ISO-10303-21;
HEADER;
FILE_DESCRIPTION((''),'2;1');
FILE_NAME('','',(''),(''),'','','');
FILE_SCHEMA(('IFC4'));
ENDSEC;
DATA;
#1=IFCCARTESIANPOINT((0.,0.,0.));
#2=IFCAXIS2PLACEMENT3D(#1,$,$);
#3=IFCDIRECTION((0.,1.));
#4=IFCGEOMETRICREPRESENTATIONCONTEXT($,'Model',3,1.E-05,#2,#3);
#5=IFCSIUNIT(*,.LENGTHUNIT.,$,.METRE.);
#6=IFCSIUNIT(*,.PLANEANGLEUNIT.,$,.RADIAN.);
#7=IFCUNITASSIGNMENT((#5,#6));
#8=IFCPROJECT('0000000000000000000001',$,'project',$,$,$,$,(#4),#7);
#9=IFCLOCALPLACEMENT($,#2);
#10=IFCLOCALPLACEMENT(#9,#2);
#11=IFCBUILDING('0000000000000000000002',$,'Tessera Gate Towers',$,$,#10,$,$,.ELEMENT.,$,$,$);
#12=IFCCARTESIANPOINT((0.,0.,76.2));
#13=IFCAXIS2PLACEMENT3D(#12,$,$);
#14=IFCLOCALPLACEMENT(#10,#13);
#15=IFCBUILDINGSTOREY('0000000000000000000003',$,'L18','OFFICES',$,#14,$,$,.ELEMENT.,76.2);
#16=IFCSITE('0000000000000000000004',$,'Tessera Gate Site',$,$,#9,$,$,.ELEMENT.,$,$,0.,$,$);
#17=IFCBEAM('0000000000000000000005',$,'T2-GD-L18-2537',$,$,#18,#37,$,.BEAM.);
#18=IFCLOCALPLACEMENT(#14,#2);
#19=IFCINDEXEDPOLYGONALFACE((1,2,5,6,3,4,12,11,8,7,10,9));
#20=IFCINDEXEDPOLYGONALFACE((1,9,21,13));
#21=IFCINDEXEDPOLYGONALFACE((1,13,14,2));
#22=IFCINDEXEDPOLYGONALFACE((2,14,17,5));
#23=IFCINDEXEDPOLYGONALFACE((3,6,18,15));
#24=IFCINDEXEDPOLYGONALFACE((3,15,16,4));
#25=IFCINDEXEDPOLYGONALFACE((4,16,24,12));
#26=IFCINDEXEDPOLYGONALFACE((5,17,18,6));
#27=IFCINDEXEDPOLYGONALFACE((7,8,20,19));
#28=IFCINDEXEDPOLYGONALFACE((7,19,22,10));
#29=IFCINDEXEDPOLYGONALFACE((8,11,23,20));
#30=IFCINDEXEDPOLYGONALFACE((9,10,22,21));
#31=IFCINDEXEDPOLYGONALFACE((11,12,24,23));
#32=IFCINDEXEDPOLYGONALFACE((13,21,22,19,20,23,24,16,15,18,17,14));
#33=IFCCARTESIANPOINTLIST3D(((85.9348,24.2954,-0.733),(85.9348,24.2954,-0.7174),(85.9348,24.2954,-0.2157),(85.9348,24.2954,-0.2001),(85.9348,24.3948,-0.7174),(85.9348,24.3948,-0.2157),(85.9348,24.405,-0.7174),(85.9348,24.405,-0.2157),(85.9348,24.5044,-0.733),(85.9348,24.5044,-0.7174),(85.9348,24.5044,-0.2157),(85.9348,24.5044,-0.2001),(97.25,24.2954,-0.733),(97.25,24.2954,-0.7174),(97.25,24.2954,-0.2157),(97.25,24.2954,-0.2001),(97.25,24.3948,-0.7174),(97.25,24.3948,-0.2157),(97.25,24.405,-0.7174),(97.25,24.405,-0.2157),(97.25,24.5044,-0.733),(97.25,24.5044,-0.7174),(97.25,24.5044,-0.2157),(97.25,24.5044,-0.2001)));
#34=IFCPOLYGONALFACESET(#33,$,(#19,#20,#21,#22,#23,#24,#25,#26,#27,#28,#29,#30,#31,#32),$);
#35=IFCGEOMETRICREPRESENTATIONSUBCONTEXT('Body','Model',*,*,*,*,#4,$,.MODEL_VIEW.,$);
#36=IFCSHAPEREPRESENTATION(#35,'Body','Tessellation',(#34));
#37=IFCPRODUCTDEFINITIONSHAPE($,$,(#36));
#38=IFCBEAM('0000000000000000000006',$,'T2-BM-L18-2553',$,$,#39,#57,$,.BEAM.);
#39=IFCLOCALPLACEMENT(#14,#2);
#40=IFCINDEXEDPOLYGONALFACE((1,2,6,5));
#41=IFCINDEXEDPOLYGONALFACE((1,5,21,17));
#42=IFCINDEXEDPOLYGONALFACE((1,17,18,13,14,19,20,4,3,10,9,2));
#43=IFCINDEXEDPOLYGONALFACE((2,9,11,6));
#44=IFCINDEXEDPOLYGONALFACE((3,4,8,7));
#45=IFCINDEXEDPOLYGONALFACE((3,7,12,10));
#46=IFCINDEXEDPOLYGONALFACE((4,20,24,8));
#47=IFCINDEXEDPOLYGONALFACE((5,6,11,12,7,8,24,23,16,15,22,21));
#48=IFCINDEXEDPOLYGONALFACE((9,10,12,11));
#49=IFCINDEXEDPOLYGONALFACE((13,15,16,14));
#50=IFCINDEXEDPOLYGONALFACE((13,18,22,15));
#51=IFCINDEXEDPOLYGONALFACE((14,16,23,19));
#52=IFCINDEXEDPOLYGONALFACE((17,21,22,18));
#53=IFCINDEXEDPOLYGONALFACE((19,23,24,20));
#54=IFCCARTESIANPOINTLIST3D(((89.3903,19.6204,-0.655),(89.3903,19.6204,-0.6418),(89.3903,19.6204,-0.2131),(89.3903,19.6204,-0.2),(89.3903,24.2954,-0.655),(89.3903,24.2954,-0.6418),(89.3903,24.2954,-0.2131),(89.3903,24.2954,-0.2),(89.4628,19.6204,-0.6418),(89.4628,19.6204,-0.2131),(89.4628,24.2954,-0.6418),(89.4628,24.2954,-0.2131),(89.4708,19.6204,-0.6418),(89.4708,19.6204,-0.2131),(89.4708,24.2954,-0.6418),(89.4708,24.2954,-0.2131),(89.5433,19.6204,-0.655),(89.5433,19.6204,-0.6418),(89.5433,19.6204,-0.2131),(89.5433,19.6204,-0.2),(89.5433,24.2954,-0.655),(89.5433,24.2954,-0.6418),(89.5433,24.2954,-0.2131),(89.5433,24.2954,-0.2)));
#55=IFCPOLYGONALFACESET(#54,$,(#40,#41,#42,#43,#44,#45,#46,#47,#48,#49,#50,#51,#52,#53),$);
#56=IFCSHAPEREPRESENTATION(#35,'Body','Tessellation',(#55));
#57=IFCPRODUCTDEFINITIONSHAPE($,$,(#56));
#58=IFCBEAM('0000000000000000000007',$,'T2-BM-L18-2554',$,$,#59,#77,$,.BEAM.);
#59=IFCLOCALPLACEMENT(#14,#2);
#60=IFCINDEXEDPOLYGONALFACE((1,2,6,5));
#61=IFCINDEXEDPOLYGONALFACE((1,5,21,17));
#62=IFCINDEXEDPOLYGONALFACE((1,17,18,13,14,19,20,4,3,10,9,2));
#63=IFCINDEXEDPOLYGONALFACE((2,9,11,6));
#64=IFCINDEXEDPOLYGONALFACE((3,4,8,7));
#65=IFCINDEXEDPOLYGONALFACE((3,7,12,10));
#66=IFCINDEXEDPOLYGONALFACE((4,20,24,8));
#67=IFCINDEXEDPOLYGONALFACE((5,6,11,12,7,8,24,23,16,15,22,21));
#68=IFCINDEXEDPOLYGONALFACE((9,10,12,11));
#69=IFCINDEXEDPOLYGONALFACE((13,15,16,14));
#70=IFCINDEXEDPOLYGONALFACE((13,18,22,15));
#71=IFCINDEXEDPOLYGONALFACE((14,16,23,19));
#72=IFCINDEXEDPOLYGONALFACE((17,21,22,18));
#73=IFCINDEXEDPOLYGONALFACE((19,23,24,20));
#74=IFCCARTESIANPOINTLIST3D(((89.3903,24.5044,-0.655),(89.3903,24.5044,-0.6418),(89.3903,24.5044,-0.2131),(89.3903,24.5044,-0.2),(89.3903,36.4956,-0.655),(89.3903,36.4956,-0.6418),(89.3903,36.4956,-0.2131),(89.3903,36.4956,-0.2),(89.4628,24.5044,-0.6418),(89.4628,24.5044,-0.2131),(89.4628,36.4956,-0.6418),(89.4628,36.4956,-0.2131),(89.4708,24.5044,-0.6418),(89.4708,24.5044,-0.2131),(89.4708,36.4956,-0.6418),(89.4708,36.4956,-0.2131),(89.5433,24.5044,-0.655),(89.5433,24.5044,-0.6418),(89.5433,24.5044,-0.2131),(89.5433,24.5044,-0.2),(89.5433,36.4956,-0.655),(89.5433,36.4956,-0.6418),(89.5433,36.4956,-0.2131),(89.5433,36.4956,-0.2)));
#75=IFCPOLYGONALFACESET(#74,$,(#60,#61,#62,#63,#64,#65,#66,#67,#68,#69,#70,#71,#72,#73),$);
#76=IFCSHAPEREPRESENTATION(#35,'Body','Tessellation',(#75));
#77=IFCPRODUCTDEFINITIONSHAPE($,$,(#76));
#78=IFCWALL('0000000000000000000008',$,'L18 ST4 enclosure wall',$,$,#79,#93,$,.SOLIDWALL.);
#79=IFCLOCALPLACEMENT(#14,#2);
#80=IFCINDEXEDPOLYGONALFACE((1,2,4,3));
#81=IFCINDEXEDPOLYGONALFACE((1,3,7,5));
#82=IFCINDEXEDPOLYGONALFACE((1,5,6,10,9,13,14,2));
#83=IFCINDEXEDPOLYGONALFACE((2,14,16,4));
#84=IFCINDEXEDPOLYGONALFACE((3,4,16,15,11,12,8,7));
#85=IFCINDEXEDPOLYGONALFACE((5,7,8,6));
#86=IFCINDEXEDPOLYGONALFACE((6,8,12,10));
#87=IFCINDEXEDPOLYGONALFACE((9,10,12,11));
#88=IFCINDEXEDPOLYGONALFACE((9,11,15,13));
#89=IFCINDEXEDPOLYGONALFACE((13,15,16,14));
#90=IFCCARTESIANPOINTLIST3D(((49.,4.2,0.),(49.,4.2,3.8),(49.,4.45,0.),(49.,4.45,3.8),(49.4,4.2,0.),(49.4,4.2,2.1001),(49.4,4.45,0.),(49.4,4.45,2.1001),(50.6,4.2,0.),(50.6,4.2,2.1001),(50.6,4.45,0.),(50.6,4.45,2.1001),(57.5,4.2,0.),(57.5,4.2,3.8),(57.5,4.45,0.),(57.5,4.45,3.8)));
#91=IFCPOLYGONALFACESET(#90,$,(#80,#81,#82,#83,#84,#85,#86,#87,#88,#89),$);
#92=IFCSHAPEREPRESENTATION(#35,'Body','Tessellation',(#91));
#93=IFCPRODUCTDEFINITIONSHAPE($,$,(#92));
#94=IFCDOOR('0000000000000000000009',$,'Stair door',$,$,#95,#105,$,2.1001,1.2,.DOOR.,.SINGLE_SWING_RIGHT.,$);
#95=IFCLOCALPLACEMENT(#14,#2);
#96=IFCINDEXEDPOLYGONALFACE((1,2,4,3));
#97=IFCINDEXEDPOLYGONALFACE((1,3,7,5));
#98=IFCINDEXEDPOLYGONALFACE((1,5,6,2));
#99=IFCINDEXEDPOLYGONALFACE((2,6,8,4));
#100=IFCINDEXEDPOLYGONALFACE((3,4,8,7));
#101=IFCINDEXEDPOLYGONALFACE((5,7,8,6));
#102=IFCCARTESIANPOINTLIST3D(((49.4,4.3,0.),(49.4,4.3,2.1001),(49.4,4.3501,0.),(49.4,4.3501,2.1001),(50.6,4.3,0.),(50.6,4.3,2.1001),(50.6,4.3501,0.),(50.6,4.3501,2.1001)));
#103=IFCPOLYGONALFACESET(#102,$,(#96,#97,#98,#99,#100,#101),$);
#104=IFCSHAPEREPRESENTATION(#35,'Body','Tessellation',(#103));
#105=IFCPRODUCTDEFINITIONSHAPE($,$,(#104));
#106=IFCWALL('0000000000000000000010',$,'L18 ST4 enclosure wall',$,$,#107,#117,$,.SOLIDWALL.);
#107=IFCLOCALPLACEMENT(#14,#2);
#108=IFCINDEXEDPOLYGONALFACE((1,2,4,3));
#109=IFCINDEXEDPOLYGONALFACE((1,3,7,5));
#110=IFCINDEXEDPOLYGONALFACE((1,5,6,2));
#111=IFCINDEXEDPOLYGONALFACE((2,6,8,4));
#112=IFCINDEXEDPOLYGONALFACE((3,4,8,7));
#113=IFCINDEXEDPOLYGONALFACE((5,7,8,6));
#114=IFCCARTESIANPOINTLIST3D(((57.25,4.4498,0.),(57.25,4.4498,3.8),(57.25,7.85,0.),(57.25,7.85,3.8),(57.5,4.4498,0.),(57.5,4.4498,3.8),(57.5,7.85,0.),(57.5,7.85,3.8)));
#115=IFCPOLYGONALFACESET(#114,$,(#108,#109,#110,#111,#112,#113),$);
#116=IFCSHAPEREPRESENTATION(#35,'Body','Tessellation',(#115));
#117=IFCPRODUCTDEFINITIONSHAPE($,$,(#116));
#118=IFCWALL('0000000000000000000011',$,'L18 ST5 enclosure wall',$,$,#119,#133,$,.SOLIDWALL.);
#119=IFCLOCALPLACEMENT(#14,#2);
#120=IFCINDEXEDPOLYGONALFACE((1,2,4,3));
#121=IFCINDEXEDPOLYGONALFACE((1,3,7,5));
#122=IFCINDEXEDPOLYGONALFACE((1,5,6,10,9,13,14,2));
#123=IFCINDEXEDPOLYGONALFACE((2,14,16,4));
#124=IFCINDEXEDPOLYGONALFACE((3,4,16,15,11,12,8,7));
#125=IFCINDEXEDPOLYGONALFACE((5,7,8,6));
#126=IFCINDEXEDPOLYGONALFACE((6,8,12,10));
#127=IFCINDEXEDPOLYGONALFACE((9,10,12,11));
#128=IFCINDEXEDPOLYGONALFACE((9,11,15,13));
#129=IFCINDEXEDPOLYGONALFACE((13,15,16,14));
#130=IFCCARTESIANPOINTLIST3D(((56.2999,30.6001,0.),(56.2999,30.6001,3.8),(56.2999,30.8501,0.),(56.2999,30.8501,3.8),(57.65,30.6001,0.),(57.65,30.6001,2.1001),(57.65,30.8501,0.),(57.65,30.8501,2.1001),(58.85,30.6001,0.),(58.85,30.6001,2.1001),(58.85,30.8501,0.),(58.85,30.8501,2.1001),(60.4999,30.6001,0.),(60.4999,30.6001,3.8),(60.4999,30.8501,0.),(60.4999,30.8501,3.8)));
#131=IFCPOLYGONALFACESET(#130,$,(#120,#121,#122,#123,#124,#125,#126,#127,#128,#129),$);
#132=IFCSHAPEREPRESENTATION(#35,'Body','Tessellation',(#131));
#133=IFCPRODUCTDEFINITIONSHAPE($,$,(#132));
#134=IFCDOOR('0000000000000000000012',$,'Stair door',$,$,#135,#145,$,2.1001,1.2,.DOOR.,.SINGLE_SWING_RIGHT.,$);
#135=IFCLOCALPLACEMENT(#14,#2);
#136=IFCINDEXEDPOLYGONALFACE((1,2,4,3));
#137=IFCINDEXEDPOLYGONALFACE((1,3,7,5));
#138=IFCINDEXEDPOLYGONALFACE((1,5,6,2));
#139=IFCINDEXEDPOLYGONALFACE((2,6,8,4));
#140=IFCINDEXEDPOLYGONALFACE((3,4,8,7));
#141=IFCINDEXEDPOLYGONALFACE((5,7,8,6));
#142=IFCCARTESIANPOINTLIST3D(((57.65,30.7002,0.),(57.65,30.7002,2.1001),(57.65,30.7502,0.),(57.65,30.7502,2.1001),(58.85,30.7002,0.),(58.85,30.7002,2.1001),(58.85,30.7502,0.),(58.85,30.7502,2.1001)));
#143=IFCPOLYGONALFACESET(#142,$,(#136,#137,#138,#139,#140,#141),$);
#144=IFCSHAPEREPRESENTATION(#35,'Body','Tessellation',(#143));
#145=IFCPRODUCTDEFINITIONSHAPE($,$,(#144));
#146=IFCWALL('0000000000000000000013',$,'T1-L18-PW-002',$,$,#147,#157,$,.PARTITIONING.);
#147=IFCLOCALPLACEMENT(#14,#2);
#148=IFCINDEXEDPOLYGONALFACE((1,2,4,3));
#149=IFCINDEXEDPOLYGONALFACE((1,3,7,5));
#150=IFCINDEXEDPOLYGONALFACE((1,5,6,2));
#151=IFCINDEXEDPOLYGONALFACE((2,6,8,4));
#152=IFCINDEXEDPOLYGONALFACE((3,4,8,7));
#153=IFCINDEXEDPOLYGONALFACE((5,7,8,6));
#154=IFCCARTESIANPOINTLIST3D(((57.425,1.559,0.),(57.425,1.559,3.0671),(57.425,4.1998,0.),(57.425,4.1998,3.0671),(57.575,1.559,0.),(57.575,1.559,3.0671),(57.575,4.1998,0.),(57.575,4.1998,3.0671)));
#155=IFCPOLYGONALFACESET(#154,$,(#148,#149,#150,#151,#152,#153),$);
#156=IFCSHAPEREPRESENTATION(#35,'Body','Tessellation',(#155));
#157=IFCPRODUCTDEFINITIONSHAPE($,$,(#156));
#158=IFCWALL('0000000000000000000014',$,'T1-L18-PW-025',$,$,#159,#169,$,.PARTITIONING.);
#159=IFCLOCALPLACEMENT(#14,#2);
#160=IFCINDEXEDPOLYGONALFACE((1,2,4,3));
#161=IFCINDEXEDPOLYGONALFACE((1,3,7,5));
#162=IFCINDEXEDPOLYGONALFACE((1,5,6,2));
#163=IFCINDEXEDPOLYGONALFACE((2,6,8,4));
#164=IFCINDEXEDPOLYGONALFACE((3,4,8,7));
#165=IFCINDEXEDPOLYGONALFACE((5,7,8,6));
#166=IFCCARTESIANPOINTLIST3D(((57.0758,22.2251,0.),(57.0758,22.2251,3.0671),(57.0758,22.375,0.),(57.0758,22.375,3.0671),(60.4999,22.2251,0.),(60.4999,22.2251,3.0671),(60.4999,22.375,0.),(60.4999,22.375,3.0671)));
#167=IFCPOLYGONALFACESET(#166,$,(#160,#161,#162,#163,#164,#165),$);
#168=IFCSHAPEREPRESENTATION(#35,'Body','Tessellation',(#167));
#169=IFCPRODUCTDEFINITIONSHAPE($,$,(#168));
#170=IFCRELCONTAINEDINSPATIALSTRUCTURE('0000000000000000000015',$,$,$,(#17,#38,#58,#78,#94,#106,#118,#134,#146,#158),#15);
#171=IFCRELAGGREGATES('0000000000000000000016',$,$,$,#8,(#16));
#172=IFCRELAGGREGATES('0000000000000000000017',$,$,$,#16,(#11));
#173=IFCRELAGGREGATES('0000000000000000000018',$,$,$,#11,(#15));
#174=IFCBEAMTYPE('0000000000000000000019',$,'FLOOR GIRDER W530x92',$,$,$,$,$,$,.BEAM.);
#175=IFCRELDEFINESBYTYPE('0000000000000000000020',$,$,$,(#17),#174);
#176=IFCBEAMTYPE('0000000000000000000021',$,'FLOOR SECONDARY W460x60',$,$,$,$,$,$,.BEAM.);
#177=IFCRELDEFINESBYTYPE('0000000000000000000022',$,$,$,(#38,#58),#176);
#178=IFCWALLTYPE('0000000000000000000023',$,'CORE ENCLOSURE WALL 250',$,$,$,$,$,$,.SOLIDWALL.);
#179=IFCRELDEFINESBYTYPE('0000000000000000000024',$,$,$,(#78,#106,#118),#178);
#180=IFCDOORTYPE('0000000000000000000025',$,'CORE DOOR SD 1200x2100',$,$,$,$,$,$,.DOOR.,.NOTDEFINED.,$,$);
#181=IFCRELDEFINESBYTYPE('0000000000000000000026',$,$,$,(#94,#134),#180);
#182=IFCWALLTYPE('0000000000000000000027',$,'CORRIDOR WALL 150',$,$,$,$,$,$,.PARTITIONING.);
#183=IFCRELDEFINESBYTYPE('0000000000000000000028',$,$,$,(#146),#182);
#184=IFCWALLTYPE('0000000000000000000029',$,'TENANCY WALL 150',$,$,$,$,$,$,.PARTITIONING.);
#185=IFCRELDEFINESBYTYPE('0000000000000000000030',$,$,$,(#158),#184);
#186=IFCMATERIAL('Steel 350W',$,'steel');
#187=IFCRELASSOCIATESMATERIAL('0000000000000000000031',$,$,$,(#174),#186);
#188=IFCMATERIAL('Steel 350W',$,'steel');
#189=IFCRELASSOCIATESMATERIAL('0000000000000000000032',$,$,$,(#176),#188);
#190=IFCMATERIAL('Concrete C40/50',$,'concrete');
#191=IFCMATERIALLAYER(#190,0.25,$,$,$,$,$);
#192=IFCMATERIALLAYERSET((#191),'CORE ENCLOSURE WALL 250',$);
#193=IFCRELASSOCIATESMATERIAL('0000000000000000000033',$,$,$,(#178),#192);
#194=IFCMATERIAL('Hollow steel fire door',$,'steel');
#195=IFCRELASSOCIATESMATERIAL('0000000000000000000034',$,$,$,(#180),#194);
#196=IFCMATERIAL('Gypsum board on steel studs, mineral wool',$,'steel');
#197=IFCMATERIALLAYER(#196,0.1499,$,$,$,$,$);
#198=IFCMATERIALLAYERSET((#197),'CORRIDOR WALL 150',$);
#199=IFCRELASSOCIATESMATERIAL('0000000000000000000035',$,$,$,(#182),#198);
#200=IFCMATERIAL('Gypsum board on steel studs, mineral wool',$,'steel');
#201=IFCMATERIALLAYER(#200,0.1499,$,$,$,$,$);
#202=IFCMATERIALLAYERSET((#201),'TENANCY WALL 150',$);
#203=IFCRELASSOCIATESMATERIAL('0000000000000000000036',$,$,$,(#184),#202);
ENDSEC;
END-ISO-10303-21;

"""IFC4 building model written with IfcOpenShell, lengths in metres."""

from ifc_helpers import new_model, si_unit, direction, frame, frame_2d, origin, origin_2d, place, context, subcontext, project, spatial, rectangle, i_section, extrude, source, transform, mapped, material, layer, layer_set, material_profile, profile_set, type_object, element, fill, save


model = new_model("IFC4")

# Units and contexts
model_context = context("Model", 3, precision=1e-05, world=origin(), true_north=direction((0.0, 1.0)))
body_context = subcontext(model_context, "Body", "Model", "MODEL_VIEW")
ifc_project = project(units=[si_unit("LENGTHUNIT", "METRE"), si_unit("PLANEANGLEUNIT", "RADIAN")], contexts=[model_context])

# Site, building, storey
site_placement = place(None, origin())
site = spatial("IfcSite", under=ifc_project, at=site_placement, Name="Tessera Gate Site", CompositionType="ELEMENT", RefElevation=0.0)
building_placement = place(site_placement, origin())
building = spatial("IfcBuilding", under=site, at=building_placement, Name="Tessera Gate Towers", CompositionType="ELEMENT")
storey_placement = place(building_placement, frame((0.0, 0.0, 76.2)))
storey = spatial("IfcBuildingStorey", under=building, at=storey_placement, Name="L18", Description="OFFICES", CompositionType="ELEMENT", Elevation=76.2)

# Beams
ifc_material_1 = material(Name="Steel 350W", Category="steel")
ifc_material_profile_1 = material_profile(ifc_material_1, i_section(OverallWidth=0.209, OverallDepth=0.533, WebThickness=0.0103, FlangeThickness=0.0156, at=origin_2d()), Name="W530x92")
ifc_profile_set_1 = profile_set([ifc_material_profile_1], Name="Steel 350W")
beam_type_1 = type_object("IfcBeamType", Name="FLOOR GIRDER W530x92", PredefinedType="BEAM", material=ifc_profile_set_1)
beam_1_placement = place(storey_placement, frame((85.9348, 24.3999, -0.4666), z_axis=(1.0, 0.0, 0.0), x_axis=(0.0, 1.0, 0.0)))
element("IfcBeam", 1, at=beam_1_placement, inside=storey, type_object=beam_type_1, Name="T2-GD-L18-2537", PredefinedType="BEAM", context=body_context, shape_type="SweptSolid", body=[
    extrude(i_section(OverallWidth=0.209, OverallDepth=0.533, WebThickness=0.0103, FlangeThickness=0.0156, at=origin_2d()), origin(), (0.0, 0.0, 1.0), 11.3152),
])
ifc_material_2 = material(Name="Steel 350W", Category="steel")
ifc_material_profile_2 = material_profile(ifc_material_2, i_section(OverallWidth=0.1531, OverallDepth=0.4551, WebThickness=0.0081, FlangeThickness=0.0132, at=origin_2d()), Name="W460x60")
ifc_profile_set_2 = profile_set([ifc_material_profile_2], Name="Steel 350W")
beam_type_2 = type_object("IfcBeamType", Name="FLOOR SECONDARY W460x60", PredefinedType="BEAM", material=ifc_profile_set_2)
beam_2_placement = place(storey_placement, frame((89.4668, 19.6204, -0.4275), z_axis=(0.0, 1.0, 0.0), x_axis=(-1.0, 0.0, 0.0)))
element("IfcBeam", 2, at=beam_2_placement, inside=storey, type_object=beam_type_2, Name="T2-BM-L18-2553", PredefinedType="BEAM", context=body_context, shape_type="SweptSolid", body=[
    extrude(i_section(OverallWidth=0.1531, OverallDepth=0.4551, WebThickness=0.0081, FlangeThickness=0.0132, at=origin_2d()), origin(), (0.0, 0.0, 1.0), 4.675),
])
beam_3_placement = place(storey_placement, frame((89.4668, 24.5044, -0.4275), z_axis=(0.0, 1.0, 0.0), x_axis=(-1.0, 0.0, 0.0)))
element("IfcBeam", 3, at=beam_3_placement, inside=storey, type_object=beam_type_2, Name="T2-BM-L18-2554", PredefinedType="BEAM", context=body_context, shape_type="SweptSolid", body=[
    extrude(i_section(OverallWidth=0.1531, OverallDepth=0.4551, WebThickness=0.0081, FlangeThickness=0.0132, at=origin_2d()), origin(), (0.0, 0.0, 1.0), 11.9912),
])

# Wall, opening, door
ifc_material_3 = material(Name="Concrete C40/50", Category="concrete")
ifc_layer_1 = layer(ifc_material_3, 0.25)
ifc_layer_set_1 = layer_set([ifc_layer_1], Name="CORE ENCLOSURE WALL 250")
wall_type_1 = type_object("IfcWallType", Name="CORE ENCLOSURE WALL 250", PredefinedType="SOLIDWALL", material=ifc_layer_set_1)
wall_1_placement = place(storey_placement, frame((57.5, 4.325, 0.0), z_axis=(0.0, 0.0, 1.0), x_axis=(-1.0, 0.0, 0.0)))
wall_1 = element("IfcWall", 4, at=wall_1_placement, inside=storey, type_object=wall_type_1, Name="L18 ST4 enclosure wall", PredefinedType="SOLIDWALL", context=body_context, shape_type="SweptSolid", body=[
    extrude(rectangle(XDim=8.5, YDim=0.25, at=frame_2d((4.25, 0.0))), origin(), (0.0, 0.0, 1.0), 3.8),
])
shared_shape_1 = source(origin(), body_context, "Body", "SweptSolid", [
    extrude(rectangle(XDim=1.2, YDim=2.1001, at=frame_2d((0.6001, 1.05))), frame((0.0, 0.135, 0.0), z_axis=(0.0, -1.0, 0.0), x_axis=(1.0, 0.0, 0.0)), (0.0, 0.0, 1.0), 0.27),
])
opening_1_placement = place(wall_1_placement, frame((6.8999, 0.0, 0.0)))
opening_1 = element("IfcOpeningElement", 5, at=opening_1_placement, cuts=wall_1, PredefinedType="OPENING", context=body_context, shape_type="MappedRepresentation", body=[
    mapped(shared_shape_1, transform((0.0, 0.0, 0.0), scale=1.0)),
])
ifc_material_4 = material(Name="Hollow steel fire door", Category="steel")
door_type = type_object("IfcDoorType", Name="CORE DOOR SD 1200x2100", OperationType="NOTDEFINED", PredefinedType="DOOR", material=ifc_material_4)
shared_shape_2 = source(origin(), body_context, "Body", "SweptSolid", [
    extrude(rectangle(XDim=1.2, YDim=2.1001, at=frame_2d((0.6001, 1.05))), frame((0.0, 0.0249, 0.0), z_axis=(0.0, -1.0, 0.0), x_axis=(1.0, 0.0, 0.0)), (0.0, 0.0, 1.0), 0.05),
])
door_1_placement = place(opening_1_placement, origin())
door_1 = element("IfcDoor", 6, at=door_1_placement, inside=storey, type_object=door_type, Name="Stair door", OperationType="SINGLE_SWING_RIGHT", OverallHeight=2.1001, OverallWidth=1.2, PredefinedType="DOOR", context=body_context, shape_type="MappedRepresentation", body=[
    mapped(shared_shape_2, transform((0.0, 0.0, 0.0), scale=1.0)),
])
fill(opening_1, door_1)

# Wall
wall_2_placement = place(storey_placement, frame((57.375, 7.8501, 0.0), z_axis=(0.0, 0.0, 1.0), x_axis=(0.0, -1.0, 0.0)))
element("IfcWall", 7, at=wall_2_placement, inside=storey, type_object=wall_type_1, Name="L18 ST4 enclosure wall", PredefinedType="SOLIDWALL", context=body_context, shape_type="SweptSolid", body=[
    extrude(rectangle(XDim=3.4001, YDim=0.25, at=frame_2d((1.7002, 0.0))), origin(), (0.0, 0.0, 1.0), 3.8),
])

# Wall, opening, door
wall_3_placement = place(storey_placement, frame((60.5, 30.7251, 0.0), z_axis=(0.0, 0.0, 1.0), x_axis=(-1.0, 0.0, 0.0)))
wall_3 = element("IfcWall", 8, at=wall_3_placement, inside=storey, type_object=wall_type_1, Name="L18 ST5 enclosure wall", PredefinedType="SOLIDWALL", context=body_context, shape_type="SweptSolid", body=[
    extrude(rectangle(XDim=4.2, YDim=0.25, at=frame_2d((2.1001, 0.0))), origin(), (0.0, 0.0, 1.0), 3.8),
])
opening_2_placement = place(wall_3_placement, frame((1.6499, 0.0, 0.0)))
opening_2 = element("IfcOpeningElement", 9, at=opening_2_placement, cuts=wall_3, PredefinedType="OPENING", context=body_context, shape_type="MappedRepresentation", body=[
    mapped(shared_shape_1, transform((0.0, 0.0, 0.0), scale=1.0)),
])
door_2_placement = place(opening_2_placement, origin())
door_2 = element("IfcDoor", 10, at=door_2_placement, inside=storey, type_object=door_type, Name="Stair door", OperationType="SINGLE_SWING_RIGHT", OverallHeight=2.1001, OverallWidth=1.2, PredefinedType="DOOR", context=body_context, shape_type="MappedRepresentation", body=[
    mapped(shared_shape_2, transform((0.0, 0.0, 0.0), scale=1.0)),
])
fill(opening_2, door_2)

# Walls
ifc_material_5 = material(Name="Gypsum board on steel studs, mineral wool", Category="steel")
ifc_layer_2 = layer(ifc_material_5, 0.1499)
ifc_layer_set_2 = layer_set([ifc_layer_2], Name="CORRIDOR WALL 150")
wall_type_2 = type_object("IfcWallType", Name="CORRIDOR WALL 150", PredefinedType="PARTITIONING", material=ifc_layer_set_2)
wall_4_placement = place(storey_placement, frame((57.5, 1.5591, 0.0), z_axis=(0.0, 0.0, 1.0), x_axis=(0.0, 1.0, 0.0)))
element("IfcWall", 11, at=wall_4_placement, inside=storey, type_object=wall_type_2, Name="T1-L18-PW-002", PredefinedType="PARTITIONING", context=body_context, shape_type="SweptSolid", body=[
    extrude(rectangle(XDim=2.6409, YDim=0.1499, at=frame_2d((1.3203, 0.0))), origin(), (0.0, 0.0, 1.0), 3.0671),
])
ifc_material_6 = material(Name="Gypsum board on steel studs, mineral wool", Category="steel")
ifc_layer_3 = layer(ifc_material_6, 0.1499)
ifc_layer_set_3 = layer_set([ifc_layer_3], Name="TENANCY WALL 150")
wall_type_3 = type_object("IfcWallType", Name="TENANCY WALL 150", PredefinedType="PARTITIONING", material=ifc_layer_set_3)
wall_5_placement = place(storey_placement, frame((57.0759, 22.3, 0.0), z_axis=(0.0, 0.0, 1.0), x_axis=(1.0, 0.0, 0.0)))
element("IfcWall", 12, at=wall_5_placement, inside=storey, type_object=wall_type_3, Name="T1-L18-PW-025", PredefinedType="PARTITIONING", context=body_context, shape_type="SweptSolid", body=[
    extrude(rectangle(XDim=3.4241, YDim=0.1499, at=frame_2d((1.7119, 0.0))), origin(), (0.0, 0.0, 1.0), 3.0671),
])

save(model, "model.ifc")
